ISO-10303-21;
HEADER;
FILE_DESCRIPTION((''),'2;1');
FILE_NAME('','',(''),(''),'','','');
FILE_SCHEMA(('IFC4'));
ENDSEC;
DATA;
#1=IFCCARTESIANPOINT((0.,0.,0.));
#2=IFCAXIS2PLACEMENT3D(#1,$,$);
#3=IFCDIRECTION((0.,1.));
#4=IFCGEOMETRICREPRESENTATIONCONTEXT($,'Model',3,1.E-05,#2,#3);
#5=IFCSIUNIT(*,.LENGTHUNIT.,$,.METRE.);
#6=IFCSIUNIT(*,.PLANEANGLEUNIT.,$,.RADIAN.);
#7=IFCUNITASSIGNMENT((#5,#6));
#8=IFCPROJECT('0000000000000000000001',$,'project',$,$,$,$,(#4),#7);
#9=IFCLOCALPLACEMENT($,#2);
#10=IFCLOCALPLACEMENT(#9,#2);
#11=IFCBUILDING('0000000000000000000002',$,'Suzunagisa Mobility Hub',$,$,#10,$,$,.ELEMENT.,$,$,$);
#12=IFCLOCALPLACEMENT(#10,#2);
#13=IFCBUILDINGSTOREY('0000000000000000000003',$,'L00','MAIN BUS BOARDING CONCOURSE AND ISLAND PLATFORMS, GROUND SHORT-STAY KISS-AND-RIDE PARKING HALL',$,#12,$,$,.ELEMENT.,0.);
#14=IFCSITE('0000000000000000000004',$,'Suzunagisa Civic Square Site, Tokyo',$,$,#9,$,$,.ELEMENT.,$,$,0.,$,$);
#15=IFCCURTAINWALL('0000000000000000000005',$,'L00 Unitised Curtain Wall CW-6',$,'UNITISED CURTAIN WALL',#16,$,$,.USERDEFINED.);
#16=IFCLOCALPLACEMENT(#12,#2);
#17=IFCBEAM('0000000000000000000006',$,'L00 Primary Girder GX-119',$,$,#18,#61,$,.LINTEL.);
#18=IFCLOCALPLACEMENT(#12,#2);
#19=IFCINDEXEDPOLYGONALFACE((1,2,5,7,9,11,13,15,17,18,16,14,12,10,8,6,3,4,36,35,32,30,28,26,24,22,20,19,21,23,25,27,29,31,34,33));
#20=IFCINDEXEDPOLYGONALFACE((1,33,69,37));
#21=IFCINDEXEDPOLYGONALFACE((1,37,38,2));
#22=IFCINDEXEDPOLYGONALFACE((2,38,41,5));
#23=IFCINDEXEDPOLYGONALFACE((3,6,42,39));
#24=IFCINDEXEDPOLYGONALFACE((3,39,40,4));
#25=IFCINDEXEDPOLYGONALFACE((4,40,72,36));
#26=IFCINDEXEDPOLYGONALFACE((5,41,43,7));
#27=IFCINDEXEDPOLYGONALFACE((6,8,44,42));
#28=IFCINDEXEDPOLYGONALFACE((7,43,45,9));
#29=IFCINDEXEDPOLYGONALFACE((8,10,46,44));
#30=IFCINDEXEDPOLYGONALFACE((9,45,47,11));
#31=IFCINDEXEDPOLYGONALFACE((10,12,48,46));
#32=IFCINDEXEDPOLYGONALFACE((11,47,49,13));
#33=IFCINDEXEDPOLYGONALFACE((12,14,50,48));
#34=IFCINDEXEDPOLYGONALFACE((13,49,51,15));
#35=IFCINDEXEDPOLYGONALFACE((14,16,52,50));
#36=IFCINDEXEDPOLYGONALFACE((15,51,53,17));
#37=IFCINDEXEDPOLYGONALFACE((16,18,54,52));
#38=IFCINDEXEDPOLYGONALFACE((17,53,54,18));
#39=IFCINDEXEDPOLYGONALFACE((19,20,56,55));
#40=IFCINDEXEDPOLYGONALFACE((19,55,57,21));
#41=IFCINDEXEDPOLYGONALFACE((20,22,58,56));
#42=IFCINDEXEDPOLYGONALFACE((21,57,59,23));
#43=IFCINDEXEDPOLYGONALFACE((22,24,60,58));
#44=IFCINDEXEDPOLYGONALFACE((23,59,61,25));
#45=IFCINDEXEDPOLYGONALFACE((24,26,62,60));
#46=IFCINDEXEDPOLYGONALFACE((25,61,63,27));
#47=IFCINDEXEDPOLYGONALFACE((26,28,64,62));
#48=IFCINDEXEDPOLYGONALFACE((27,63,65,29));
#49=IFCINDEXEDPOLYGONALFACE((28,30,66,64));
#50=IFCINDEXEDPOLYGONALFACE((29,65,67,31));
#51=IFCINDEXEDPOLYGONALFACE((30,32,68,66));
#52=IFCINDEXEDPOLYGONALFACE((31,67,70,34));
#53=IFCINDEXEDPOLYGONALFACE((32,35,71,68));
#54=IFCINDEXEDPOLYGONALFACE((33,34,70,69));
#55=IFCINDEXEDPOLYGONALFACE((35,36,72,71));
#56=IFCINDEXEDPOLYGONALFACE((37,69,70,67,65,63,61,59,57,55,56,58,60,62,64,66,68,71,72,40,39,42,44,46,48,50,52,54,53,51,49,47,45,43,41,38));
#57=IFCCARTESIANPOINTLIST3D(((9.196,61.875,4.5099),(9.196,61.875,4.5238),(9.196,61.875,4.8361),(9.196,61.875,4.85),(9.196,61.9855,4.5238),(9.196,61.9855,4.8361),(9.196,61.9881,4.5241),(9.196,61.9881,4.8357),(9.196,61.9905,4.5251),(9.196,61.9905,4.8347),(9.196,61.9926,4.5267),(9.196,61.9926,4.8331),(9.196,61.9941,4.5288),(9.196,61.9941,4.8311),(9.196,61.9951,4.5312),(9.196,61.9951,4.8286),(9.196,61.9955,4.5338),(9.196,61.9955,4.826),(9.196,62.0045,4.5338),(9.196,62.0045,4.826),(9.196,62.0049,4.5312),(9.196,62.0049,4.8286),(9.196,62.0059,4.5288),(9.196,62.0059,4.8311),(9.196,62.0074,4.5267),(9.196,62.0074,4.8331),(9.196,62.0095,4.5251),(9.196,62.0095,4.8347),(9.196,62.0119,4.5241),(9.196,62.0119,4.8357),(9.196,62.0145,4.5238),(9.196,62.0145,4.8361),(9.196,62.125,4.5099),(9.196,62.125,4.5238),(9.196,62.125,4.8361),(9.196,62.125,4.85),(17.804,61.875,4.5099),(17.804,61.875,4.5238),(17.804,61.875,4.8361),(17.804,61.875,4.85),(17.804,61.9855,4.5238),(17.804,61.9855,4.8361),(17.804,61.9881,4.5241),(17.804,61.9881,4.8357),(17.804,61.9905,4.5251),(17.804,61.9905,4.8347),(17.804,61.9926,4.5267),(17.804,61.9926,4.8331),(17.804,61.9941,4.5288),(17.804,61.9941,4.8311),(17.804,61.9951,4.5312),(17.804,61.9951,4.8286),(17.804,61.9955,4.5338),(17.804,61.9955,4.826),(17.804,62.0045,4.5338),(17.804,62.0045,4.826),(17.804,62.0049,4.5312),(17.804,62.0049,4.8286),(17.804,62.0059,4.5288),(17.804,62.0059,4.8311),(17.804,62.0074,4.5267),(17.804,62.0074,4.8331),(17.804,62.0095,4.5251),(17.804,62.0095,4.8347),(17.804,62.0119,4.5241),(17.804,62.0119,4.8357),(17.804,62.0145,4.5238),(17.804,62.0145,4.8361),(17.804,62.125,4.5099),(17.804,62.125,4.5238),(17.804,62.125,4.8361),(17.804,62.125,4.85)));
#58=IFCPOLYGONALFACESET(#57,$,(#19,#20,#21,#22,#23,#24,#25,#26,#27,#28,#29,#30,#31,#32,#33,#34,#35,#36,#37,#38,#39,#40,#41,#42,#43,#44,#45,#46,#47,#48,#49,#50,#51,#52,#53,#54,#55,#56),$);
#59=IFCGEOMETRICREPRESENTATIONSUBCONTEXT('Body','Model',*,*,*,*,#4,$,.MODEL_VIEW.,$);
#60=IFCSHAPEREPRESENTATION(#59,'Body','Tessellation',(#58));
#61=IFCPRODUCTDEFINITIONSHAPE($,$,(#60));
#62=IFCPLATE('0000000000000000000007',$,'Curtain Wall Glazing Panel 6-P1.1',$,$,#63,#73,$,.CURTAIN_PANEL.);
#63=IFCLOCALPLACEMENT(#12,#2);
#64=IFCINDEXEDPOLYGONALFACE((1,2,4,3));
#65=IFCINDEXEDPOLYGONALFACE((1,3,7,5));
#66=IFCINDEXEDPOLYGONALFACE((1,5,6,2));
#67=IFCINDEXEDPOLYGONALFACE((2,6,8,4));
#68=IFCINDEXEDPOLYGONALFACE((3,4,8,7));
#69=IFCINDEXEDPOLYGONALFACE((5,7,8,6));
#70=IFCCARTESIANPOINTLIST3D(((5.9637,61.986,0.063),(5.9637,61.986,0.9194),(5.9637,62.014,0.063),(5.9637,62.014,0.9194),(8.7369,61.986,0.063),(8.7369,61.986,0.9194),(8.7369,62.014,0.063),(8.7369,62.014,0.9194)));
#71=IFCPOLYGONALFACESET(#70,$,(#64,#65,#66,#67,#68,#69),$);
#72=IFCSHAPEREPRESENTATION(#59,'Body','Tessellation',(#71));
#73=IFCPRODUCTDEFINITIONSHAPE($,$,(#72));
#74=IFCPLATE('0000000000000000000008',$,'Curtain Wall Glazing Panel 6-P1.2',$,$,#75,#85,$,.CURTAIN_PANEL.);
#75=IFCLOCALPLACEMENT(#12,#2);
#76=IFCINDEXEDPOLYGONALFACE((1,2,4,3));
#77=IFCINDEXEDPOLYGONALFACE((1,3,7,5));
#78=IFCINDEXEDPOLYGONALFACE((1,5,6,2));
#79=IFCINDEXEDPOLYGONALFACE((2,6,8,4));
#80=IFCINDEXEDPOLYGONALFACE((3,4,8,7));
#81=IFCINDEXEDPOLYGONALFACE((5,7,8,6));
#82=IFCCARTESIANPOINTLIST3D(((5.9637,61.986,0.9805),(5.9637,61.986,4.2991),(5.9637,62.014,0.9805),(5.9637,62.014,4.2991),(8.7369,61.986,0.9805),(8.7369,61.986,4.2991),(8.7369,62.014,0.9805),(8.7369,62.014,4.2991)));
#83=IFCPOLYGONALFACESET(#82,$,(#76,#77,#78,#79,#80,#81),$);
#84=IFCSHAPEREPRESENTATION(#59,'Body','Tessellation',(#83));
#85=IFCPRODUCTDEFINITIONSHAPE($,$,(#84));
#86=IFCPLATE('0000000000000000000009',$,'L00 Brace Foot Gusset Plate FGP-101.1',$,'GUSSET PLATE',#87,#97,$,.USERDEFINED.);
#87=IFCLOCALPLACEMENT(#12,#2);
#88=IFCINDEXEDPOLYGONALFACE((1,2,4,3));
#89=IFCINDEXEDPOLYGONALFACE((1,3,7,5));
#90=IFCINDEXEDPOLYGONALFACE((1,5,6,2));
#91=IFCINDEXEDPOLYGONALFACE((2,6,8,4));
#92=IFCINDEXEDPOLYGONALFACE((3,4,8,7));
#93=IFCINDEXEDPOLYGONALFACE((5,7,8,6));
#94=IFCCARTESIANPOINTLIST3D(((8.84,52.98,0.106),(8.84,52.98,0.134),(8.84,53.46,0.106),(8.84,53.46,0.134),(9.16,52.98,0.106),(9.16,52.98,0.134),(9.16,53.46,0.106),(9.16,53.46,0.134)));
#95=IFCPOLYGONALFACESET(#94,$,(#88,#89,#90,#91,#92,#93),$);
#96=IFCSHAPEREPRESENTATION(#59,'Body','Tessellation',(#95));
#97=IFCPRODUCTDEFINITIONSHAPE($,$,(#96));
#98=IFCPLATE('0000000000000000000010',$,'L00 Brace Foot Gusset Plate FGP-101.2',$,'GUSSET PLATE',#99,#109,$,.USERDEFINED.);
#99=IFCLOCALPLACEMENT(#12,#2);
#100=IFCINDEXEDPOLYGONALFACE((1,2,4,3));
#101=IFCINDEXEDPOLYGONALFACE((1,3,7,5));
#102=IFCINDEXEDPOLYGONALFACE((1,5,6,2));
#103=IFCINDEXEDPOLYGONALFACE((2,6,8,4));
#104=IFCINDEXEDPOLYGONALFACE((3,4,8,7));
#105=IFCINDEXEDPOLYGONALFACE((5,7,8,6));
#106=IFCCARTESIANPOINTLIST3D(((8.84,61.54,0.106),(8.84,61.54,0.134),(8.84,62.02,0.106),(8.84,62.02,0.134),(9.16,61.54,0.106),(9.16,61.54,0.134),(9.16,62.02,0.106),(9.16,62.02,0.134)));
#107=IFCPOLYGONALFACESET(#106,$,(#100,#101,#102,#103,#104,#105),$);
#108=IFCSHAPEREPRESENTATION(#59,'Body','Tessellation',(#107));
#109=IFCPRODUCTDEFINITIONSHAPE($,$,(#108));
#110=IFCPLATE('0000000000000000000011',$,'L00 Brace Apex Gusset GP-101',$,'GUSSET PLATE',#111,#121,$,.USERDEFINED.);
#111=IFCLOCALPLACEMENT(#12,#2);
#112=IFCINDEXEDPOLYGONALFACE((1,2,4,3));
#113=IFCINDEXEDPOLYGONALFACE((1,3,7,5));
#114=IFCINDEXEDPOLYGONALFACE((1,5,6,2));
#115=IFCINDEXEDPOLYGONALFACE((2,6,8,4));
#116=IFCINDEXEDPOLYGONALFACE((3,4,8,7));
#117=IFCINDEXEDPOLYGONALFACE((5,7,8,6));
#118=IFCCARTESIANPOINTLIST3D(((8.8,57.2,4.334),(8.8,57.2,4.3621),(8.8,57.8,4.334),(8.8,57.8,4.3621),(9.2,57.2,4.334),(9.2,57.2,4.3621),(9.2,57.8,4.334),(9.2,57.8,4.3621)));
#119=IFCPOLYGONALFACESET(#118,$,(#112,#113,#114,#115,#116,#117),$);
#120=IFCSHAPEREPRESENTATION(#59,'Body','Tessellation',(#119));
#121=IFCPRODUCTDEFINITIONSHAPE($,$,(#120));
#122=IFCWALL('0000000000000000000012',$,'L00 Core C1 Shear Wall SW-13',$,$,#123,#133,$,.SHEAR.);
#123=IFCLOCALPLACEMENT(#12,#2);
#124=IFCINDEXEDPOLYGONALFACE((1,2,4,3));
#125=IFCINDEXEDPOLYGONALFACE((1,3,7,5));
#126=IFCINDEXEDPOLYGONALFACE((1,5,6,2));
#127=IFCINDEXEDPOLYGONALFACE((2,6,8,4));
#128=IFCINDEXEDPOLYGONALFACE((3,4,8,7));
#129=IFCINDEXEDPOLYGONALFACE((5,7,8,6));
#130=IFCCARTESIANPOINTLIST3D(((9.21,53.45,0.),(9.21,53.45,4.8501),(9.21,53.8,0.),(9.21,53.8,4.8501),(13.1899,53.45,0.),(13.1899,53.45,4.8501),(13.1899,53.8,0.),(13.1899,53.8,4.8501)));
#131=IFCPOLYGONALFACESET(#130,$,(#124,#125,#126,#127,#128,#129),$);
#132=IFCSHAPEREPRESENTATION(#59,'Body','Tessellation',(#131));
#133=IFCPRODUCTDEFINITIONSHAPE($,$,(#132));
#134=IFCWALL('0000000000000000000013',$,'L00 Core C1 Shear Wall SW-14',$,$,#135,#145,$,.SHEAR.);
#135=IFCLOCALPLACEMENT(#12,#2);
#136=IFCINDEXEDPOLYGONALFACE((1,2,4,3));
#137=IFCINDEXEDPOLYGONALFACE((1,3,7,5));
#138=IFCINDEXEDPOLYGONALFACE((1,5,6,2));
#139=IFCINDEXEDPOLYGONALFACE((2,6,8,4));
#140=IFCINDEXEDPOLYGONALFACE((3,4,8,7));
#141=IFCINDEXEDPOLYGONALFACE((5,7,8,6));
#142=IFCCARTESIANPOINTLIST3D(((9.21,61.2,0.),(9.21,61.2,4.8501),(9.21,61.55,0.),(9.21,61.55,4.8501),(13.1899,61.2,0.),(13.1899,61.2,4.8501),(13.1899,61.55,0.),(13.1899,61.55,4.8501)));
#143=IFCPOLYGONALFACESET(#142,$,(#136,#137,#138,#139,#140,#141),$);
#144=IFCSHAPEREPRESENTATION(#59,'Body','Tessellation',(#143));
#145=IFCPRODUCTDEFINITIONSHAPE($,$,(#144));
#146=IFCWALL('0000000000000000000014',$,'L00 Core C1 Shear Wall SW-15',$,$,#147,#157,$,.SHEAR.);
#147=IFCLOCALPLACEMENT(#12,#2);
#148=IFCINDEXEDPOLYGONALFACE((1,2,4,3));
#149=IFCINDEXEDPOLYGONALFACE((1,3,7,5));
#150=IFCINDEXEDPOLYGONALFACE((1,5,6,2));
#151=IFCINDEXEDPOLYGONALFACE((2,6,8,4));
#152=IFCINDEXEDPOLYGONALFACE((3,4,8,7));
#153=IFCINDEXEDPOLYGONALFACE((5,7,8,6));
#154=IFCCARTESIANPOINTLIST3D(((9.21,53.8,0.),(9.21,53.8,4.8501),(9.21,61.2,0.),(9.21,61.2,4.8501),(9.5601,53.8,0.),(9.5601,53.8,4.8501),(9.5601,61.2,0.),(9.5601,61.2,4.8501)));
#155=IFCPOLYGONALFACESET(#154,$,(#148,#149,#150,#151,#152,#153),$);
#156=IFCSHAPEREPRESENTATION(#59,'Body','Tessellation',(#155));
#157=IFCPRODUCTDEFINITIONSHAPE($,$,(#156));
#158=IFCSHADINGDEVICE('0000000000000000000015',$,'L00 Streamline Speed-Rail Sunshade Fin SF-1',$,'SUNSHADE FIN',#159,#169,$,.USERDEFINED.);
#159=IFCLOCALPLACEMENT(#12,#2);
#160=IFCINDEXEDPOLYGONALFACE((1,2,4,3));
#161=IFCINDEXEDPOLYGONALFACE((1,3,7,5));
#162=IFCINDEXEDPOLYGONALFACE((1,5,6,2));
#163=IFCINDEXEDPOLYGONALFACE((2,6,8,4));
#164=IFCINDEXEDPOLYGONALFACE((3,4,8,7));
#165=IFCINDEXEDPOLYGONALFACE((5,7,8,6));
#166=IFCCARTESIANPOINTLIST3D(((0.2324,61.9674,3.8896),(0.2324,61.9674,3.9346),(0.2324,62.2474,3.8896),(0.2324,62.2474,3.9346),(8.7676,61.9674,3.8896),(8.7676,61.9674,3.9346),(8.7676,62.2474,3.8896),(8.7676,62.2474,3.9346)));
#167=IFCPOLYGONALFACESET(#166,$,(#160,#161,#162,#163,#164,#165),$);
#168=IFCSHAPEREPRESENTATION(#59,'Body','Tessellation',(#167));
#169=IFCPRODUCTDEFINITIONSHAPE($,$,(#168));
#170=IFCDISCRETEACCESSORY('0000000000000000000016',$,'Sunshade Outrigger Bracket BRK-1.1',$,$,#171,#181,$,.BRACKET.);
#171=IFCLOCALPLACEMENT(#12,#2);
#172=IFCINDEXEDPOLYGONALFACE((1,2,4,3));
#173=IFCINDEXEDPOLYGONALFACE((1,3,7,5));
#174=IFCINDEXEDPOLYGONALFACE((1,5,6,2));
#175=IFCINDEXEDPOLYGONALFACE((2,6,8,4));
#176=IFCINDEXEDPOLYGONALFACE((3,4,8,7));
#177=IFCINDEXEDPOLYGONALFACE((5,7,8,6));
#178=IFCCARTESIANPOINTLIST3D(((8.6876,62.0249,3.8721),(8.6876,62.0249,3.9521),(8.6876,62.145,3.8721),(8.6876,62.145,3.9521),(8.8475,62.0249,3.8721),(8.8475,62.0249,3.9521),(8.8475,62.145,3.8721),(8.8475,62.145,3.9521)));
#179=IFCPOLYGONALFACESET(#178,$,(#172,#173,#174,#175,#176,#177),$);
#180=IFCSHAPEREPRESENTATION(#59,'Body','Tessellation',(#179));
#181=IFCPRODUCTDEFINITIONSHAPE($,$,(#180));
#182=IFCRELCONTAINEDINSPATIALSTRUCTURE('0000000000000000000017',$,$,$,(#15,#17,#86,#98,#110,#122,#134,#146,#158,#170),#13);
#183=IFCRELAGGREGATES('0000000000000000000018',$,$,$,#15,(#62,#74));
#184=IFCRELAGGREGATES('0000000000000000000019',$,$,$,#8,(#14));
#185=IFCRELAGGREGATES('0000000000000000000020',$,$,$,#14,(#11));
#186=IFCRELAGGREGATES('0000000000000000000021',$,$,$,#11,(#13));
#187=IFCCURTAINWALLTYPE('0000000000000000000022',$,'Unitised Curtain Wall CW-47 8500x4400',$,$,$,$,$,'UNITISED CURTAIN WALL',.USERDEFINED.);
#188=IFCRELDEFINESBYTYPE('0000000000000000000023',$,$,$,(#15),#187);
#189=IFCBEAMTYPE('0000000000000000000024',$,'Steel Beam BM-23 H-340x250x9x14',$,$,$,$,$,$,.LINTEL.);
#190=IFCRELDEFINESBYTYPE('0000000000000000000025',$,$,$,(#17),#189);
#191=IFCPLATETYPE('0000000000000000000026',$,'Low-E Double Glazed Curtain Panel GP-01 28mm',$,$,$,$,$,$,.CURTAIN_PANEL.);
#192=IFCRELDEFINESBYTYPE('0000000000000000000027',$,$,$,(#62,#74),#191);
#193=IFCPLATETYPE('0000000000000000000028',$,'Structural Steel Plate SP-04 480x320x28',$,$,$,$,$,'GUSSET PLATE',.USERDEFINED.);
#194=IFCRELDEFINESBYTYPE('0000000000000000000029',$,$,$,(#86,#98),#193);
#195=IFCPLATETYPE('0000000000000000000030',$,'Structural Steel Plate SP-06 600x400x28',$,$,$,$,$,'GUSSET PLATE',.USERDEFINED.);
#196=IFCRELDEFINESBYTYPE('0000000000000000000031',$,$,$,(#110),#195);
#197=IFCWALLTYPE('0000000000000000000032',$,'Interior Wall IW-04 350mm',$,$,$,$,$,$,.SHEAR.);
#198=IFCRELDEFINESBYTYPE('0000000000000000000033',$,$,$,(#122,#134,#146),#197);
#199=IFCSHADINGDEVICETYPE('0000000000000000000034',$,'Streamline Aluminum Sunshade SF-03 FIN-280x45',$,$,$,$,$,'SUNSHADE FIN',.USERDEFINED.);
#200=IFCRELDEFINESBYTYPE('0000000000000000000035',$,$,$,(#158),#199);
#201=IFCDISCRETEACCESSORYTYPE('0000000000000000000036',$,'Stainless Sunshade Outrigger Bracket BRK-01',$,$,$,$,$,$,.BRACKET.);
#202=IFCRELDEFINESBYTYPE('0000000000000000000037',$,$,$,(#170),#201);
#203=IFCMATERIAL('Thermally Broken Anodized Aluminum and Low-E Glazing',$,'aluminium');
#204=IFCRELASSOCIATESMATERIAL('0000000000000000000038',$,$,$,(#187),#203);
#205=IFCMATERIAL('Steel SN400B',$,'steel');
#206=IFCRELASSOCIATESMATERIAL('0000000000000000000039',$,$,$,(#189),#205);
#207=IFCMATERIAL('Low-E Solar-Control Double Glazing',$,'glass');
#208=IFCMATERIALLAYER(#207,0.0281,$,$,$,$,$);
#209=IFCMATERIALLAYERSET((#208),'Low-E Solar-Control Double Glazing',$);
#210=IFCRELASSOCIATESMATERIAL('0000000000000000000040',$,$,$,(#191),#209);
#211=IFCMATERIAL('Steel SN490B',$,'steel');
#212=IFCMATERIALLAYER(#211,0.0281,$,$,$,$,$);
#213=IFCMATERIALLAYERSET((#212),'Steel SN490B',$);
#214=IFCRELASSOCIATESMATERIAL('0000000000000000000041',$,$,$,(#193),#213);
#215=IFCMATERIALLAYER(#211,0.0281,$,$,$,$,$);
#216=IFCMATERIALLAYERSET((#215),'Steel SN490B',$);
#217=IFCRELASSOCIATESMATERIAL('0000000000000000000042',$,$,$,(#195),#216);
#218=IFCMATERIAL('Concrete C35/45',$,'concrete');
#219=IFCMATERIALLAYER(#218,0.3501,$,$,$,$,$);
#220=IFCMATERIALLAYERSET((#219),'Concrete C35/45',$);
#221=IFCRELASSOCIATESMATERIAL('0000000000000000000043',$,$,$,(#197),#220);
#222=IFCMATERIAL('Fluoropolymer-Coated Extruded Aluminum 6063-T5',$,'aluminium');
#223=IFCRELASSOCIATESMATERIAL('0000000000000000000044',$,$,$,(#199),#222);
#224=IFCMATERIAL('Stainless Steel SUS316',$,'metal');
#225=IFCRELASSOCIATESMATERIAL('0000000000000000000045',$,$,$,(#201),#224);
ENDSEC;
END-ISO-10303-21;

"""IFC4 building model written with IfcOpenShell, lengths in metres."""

from ifc_helpers import new_model, si_unit, direction, frame, frame_2d, origin, origin_2d, place, context, subcontext, project, spatial, rectangle, i_section, extrude, material, layer, layer_set, material_profile, profile_set, type_object, element, aggregate, save


model = new_model("IFC4")

# Units and contexts
model_context = context("Model", 3, precision=1e-05, world=origin(), true_north=direction((0.0, 1.0)))
body_context = subcontext(model_context, "Body", "Model", "MODEL_VIEW")
ifc_project = project(units=[si_unit("LENGTHUNIT", "METRE"), si_unit("PLANEANGLEUNIT", "RADIAN")], contexts=[model_context])

# Site, building, storey
site_placement = place(None, origin())
site = spatial("IfcSite", under=ifc_project, at=site_placement, Name="Suzunagisa Civic Square Site, Tokyo", CompositionType="ELEMENT", RefElevation=0.0)
building_placement = place(site_placement, origin())
building = spatial("IfcBuilding", under=site, at=building_placement, Name="Suzunagisa Mobility Hub", CompositionType="ELEMENT")
storey_placement = place(building_placement, origin())
storey = spatial("IfcBuildingStorey", under=building, at=storey_placement, Name="L00", Description="MAIN BUS BOARDING CONCOURSE AND ISLAND PLATFORMS, GROUND SHORT-STAY KISS-AND-RIDE PARKING HALL", CompositionType="ELEMENT", Elevation=0.0)

# Shared definitions
ifc_material_1 = material(Name="Steel SN490B", Category="steel")

# Curtain wall
ifc_material_2 = material(Name="Thermally Broken Anodized Aluminum and Low-E Glazing", Category="aluminium")
curtain_wall_type = type_object("IfcCurtainWallType", Name="Unitised Curtain Wall CW-47 8500x4400", ElementType="UNITISED CURTAIN WALL", PredefinedType="USERDEFINED", material=ifc_material_2)
curtain_wall_placement = place(storey_placement, origin())
curtain_wall = element("IfcCurtainWall", 1, at=curtain_wall_placement, inside=storey, type_object=curtain_wall_type, Name="L00 Unitised Curtain Wall CW-6", ObjectType="UNITISED CURTAIN WALL", PredefinedType="USERDEFINED")

# Beam
ifc_material_3 = material(Name="Steel SN400B", Category="steel")
ifc_material_profile_1 = material_profile(ifc_material_3, i_section(OverallWidth=0.25, OverallDepth=0.3401, WebThickness=0.009, FlangeThickness=0.0139, FilletRadius=0.01, at=origin_2d()), Name="H-340x250x9x14")
ifc_profile_set_1 = profile_set([ifc_material_profile_1], Name="Steel SN400B")
beam_type = type_object("IfcBeamType", Name="Steel Beam BM-23 H-340x250x9x14", PredefinedType="LINTEL", material=ifc_profile_set_1)
beam_placement = place(storey_placement, frame((9.196, 62.0, 4.6799), z_axis=(1.0, 0.0, 0.0), x_axis=(0.0, 1.0, 0.0)))
element("IfcBeam", 2, at=beam_placement, inside=storey, type_object=beam_type, Name="L00 Primary Girder GX-119", PredefinedType="LINTEL", context=body_context, shape_type="SweptSolid", body=[
    extrude(i_section(OverallWidth=0.25, OverallDepth=0.3401, WebThickness=0.009, FlangeThickness=0.0139, FilletRadius=0.01, at=origin_2d()), origin(), (0.0, 0.0, 1.0), 8.6079),
])

# Plates
ifc_material_4 = material(Name="Low-E Solar-Control Double Glazing", Category="glass")
ifc_layer_1 = layer(ifc_material_4, 0.0281)
ifc_layer_set_1 = layer_set([ifc_layer_1], Name="Low-E Solar-Control Double Glazing")
plate_type_1 = type_object("IfcPlateType", Name="Low-E Double Glazed Curtain Panel GP-01 28mm", PredefinedType="CURTAIN_PANEL", material=ifc_layer_set_1)
plate_1_placement = place(storey_placement, frame((7.3503, 62.0, 0.063), z_axis=(0.0, 0.0, 1.0), x_axis=(-1.0, 0.0, 0.0)))
plate_1 = element("IfcPlate", 3, at=plate_1_placement, type_object=plate_type_1, Name="Curtain Wall Glazing Panel 6-P1.1", PredefinedType="CURTAIN_PANEL", context=body_context, shape_type="SweptSolid", body=[
    extrude(rectangle(XDim=2.7732, YDim=0.0281, at=origin_2d()), origin(), (0.0, 0.0, 1.0), 0.8564),
])
plate_2_placement = place(storey_placement, frame((7.3503, 62.0, 0.9805), z_axis=(0.0, 0.0, 1.0), x_axis=(-1.0, 0.0, 0.0)))
plate_2 = element("IfcPlate", 4, at=plate_2_placement, type_object=plate_type_1, Name="Curtain Wall Glazing Panel 6-P1.2", PredefinedType="CURTAIN_PANEL", context=body_context, shape_type="SweptSolid", body=[
    extrude(rectangle(XDim=2.7732, YDim=0.0281, at=origin_2d()), origin(), (0.0, 0.0, 1.0), 3.3186),
])
aggregate(curtain_wall, [plate_1, plate_2])

# Plates
ifc_layer_2 = layer(ifc_material_1, 0.0281)
ifc_layer_set_2 = layer_set([ifc_layer_2], Name="Steel SN490B")
plate_type_2 = type_object("IfcPlateType", Name="Structural Steel Plate SP-04 480x320x28", ElementType="GUSSET PLATE", PredefinedType="USERDEFINED", material=ifc_layer_set_2)
for number, where, z_axis, x_axis, name in (
    (5, (9.0, 53.22, 0.106), (0.0, 0.0, 1.0), (1.0, 0.0, 0.0), "L00 Brace Foot Gusset Plate FGP-101.1"),
    (6, (9.0, 61.78, 0.106), (0.0, 0.0, 1.0), (1.0, 0.0, 0.0), "L00 Brace Foot Gusset Plate FGP-101.2"),
):
    element("IfcPlate", number, at=place(storey_placement, frame(where, z_axis=z_axis, x_axis=x_axis)), inside=storey, type_object=plate_type_2, Name=name, ObjectType="GUSSET PLATE", PredefinedType="USERDEFINED", context=body_context, shape_type="SweptSolid", body=[
        extrude(rectangle(XDim=0.3201, YDim=0.48, at=origin_2d()), origin(), (0.0, 0.0, 1.0), 0.0281),
    ])
ifc_layer_3 = layer(ifc_material_1, 0.0281)
ifc_layer_set_3 = layer_set([ifc_layer_3], Name="Steel SN490B")
plate_type_3 = type_object("IfcPlateType", Name="Structural Steel Plate SP-06 600x400x28", ElementType="GUSSET PLATE", PredefinedType="USERDEFINED", material=ifc_layer_set_3)
plate_3_placement = place(storey_placement, frame((9.0, 57.5, 4.334), z_axis=(0.0, 0.0, 1.0), x_axis=(1.0, 0.0, 0.0)))
element("IfcPlate", 7, at=plate_3_placement, inside=storey, type_object=plate_type_3, Name="L00 Brace Apex Gusset GP-101", ObjectType="GUSSET PLATE", PredefinedType="USERDEFINED", context=body_context, shape_type="SweptSolid", body=[
    extrude(rectangle(XDim=0.3999, YDim=0.6001, at=origin_2d()), origin(), (0.0, 0.0, 1.0), 0.0281),
])

# Walls
ifc_material_5 = material(Name="Concrete C35/45", Category="concrete")
ifc_layer_4 = layer(ifc_material_5, 0.3501)
ifc_layer_set_4 = layer_set([ifc_layer_4], Name="Concrete C35/45")
wall_type = type_object("IfcWallType", Name="Interior Wall IW-04 350mm", PredefinedType="SHEAR", material=ifc_layer_set_4)
for number, where, z_axis, x_axis, name in (
    (8, (9.21, 53.625, 0.0), (0.0, 0.0, 1.0), (1.0, 0.0, 0.0), "L00 Core C1 Shear Wall SW-13"),
    (9, (9.21, 61.375, 0.0), (0.0, 0.0, 1.0), (1.0, 0.0, 0.0), "L00 Core C1 Shear Wall SW-14"),
):
    element("IfcWall", number, at=place(storey_placement, frame(where, z_axis=z_axis, x_axis=x_axis)), inside=storey, type_object=wall_type, Name=name, PredefinedType="SHEAR", context=body_context, shape_type="SweptSolid", body=[
        extrude(rectangle(XDim=3.98, YDim=0.3501, at=frame_2d((1.99, 0.0))), origin(), (0.0, 0.0, 1.0), 4.8501),
    ])
wall_placement = place(storey_placement, frame((9.385, 53.8, 0.0), z_axis=(0.0, 0.0, 1.0), x_axis=(0.0, 1.0, 0.0)))
element("IfcWall", 10, at=wall_placement, inside=storey, type_object=wall_type, Name="L00 Core C1 Shear Wall SW-15", PredefinedType="SHEAR", context=body_context, shape_type="SweptSolid", body=[
    extrude(rectangle(XDim=7.3999, YDim=0.3501, at=frame_2d((3.7, 0.0))), origin(), (0.0, 0.0, 1.0), 4.8501),
])

# Shading device
ifc_material_6 = material(Name="Fluoropolymer-Coated Extruded Aluminum 6063-T5", Category="aluminium")
ifc_material_profile_2 = material_profile(ifc_material_6, rectangle(XDim=0.28, YDim=0.0449, at=origin_2d()), Name="FIN-280x45")
ifc_profile_set_2 = profile_set([ifc_material_profile_2], Name="Fluoropolymer-Coated Extruded Aluminum 6063-T5")
shading_device_type = type_object("IfcShadingDeviceType", Name="Streamline Aluminum Sunshade SF-03 FIN-280x45", ElementType="SUNSHADE FIN", PredefinedType="USERDEFINED", material=ifc_profile_set_2)
shading_device_placement = place(storey_placement, frame((8.7676, 62.1074, 3.9121), z_axis=(-1.0, 0.0, 0.0), x_axis=(0.0, -1.0, 0.0)))
element("IfcShadingDevice", 11, at=shading_device_placement, inside=storey, type_object=shading_device_type, Name="L00 Streamline Speed-Rail Sunshade Fin SF-1", ObjectType="SUNSHADE FIN", PredefinedType="USERDEFINED", context=body_context, shape_type="SweptSolid", body=[
    extrude(rectangle(XDim=0.28, YDim=0.0449, at=origin_2d()), origin(), (0.0, 0.0, 1.0), 8.5352),
])

# Discrete accessory
ifc_material_7 = material(Name="Stainless Steel SUS316", Category="metal")
discrete_accessory_type = type_object("IfcDiscreteAccessoryType", Name="Stainless Sunshade Outrigger Bracket BRK-01", PredefinedType="BRACKET", material=ifc_material_7)
discrete_accessory_placement = place(storey_placement, frame((8.7676, 62.085, 3.8721), z_axis=(0.0, 0.0, 1.0), x_axis=(-1.0, 0.0, 0.0)))
element("IfcDiscreteAccessory", 12, at=discrete_accessory_placement, inside=storey, type_object=discrete_accessory_type, Name="Sunshade Outrigger Bracket BRK-1.1", PredefinedType="BRACKET", context=body_context, shape_type="SweptSolid", body=[
    extrude(rectangle(XDim=0.1599, YDim=0.1201, at=origin_2d()), origin(), (0.0, 0.0, 1.0), 0.0801),
])

save(model, "model.ifc")
